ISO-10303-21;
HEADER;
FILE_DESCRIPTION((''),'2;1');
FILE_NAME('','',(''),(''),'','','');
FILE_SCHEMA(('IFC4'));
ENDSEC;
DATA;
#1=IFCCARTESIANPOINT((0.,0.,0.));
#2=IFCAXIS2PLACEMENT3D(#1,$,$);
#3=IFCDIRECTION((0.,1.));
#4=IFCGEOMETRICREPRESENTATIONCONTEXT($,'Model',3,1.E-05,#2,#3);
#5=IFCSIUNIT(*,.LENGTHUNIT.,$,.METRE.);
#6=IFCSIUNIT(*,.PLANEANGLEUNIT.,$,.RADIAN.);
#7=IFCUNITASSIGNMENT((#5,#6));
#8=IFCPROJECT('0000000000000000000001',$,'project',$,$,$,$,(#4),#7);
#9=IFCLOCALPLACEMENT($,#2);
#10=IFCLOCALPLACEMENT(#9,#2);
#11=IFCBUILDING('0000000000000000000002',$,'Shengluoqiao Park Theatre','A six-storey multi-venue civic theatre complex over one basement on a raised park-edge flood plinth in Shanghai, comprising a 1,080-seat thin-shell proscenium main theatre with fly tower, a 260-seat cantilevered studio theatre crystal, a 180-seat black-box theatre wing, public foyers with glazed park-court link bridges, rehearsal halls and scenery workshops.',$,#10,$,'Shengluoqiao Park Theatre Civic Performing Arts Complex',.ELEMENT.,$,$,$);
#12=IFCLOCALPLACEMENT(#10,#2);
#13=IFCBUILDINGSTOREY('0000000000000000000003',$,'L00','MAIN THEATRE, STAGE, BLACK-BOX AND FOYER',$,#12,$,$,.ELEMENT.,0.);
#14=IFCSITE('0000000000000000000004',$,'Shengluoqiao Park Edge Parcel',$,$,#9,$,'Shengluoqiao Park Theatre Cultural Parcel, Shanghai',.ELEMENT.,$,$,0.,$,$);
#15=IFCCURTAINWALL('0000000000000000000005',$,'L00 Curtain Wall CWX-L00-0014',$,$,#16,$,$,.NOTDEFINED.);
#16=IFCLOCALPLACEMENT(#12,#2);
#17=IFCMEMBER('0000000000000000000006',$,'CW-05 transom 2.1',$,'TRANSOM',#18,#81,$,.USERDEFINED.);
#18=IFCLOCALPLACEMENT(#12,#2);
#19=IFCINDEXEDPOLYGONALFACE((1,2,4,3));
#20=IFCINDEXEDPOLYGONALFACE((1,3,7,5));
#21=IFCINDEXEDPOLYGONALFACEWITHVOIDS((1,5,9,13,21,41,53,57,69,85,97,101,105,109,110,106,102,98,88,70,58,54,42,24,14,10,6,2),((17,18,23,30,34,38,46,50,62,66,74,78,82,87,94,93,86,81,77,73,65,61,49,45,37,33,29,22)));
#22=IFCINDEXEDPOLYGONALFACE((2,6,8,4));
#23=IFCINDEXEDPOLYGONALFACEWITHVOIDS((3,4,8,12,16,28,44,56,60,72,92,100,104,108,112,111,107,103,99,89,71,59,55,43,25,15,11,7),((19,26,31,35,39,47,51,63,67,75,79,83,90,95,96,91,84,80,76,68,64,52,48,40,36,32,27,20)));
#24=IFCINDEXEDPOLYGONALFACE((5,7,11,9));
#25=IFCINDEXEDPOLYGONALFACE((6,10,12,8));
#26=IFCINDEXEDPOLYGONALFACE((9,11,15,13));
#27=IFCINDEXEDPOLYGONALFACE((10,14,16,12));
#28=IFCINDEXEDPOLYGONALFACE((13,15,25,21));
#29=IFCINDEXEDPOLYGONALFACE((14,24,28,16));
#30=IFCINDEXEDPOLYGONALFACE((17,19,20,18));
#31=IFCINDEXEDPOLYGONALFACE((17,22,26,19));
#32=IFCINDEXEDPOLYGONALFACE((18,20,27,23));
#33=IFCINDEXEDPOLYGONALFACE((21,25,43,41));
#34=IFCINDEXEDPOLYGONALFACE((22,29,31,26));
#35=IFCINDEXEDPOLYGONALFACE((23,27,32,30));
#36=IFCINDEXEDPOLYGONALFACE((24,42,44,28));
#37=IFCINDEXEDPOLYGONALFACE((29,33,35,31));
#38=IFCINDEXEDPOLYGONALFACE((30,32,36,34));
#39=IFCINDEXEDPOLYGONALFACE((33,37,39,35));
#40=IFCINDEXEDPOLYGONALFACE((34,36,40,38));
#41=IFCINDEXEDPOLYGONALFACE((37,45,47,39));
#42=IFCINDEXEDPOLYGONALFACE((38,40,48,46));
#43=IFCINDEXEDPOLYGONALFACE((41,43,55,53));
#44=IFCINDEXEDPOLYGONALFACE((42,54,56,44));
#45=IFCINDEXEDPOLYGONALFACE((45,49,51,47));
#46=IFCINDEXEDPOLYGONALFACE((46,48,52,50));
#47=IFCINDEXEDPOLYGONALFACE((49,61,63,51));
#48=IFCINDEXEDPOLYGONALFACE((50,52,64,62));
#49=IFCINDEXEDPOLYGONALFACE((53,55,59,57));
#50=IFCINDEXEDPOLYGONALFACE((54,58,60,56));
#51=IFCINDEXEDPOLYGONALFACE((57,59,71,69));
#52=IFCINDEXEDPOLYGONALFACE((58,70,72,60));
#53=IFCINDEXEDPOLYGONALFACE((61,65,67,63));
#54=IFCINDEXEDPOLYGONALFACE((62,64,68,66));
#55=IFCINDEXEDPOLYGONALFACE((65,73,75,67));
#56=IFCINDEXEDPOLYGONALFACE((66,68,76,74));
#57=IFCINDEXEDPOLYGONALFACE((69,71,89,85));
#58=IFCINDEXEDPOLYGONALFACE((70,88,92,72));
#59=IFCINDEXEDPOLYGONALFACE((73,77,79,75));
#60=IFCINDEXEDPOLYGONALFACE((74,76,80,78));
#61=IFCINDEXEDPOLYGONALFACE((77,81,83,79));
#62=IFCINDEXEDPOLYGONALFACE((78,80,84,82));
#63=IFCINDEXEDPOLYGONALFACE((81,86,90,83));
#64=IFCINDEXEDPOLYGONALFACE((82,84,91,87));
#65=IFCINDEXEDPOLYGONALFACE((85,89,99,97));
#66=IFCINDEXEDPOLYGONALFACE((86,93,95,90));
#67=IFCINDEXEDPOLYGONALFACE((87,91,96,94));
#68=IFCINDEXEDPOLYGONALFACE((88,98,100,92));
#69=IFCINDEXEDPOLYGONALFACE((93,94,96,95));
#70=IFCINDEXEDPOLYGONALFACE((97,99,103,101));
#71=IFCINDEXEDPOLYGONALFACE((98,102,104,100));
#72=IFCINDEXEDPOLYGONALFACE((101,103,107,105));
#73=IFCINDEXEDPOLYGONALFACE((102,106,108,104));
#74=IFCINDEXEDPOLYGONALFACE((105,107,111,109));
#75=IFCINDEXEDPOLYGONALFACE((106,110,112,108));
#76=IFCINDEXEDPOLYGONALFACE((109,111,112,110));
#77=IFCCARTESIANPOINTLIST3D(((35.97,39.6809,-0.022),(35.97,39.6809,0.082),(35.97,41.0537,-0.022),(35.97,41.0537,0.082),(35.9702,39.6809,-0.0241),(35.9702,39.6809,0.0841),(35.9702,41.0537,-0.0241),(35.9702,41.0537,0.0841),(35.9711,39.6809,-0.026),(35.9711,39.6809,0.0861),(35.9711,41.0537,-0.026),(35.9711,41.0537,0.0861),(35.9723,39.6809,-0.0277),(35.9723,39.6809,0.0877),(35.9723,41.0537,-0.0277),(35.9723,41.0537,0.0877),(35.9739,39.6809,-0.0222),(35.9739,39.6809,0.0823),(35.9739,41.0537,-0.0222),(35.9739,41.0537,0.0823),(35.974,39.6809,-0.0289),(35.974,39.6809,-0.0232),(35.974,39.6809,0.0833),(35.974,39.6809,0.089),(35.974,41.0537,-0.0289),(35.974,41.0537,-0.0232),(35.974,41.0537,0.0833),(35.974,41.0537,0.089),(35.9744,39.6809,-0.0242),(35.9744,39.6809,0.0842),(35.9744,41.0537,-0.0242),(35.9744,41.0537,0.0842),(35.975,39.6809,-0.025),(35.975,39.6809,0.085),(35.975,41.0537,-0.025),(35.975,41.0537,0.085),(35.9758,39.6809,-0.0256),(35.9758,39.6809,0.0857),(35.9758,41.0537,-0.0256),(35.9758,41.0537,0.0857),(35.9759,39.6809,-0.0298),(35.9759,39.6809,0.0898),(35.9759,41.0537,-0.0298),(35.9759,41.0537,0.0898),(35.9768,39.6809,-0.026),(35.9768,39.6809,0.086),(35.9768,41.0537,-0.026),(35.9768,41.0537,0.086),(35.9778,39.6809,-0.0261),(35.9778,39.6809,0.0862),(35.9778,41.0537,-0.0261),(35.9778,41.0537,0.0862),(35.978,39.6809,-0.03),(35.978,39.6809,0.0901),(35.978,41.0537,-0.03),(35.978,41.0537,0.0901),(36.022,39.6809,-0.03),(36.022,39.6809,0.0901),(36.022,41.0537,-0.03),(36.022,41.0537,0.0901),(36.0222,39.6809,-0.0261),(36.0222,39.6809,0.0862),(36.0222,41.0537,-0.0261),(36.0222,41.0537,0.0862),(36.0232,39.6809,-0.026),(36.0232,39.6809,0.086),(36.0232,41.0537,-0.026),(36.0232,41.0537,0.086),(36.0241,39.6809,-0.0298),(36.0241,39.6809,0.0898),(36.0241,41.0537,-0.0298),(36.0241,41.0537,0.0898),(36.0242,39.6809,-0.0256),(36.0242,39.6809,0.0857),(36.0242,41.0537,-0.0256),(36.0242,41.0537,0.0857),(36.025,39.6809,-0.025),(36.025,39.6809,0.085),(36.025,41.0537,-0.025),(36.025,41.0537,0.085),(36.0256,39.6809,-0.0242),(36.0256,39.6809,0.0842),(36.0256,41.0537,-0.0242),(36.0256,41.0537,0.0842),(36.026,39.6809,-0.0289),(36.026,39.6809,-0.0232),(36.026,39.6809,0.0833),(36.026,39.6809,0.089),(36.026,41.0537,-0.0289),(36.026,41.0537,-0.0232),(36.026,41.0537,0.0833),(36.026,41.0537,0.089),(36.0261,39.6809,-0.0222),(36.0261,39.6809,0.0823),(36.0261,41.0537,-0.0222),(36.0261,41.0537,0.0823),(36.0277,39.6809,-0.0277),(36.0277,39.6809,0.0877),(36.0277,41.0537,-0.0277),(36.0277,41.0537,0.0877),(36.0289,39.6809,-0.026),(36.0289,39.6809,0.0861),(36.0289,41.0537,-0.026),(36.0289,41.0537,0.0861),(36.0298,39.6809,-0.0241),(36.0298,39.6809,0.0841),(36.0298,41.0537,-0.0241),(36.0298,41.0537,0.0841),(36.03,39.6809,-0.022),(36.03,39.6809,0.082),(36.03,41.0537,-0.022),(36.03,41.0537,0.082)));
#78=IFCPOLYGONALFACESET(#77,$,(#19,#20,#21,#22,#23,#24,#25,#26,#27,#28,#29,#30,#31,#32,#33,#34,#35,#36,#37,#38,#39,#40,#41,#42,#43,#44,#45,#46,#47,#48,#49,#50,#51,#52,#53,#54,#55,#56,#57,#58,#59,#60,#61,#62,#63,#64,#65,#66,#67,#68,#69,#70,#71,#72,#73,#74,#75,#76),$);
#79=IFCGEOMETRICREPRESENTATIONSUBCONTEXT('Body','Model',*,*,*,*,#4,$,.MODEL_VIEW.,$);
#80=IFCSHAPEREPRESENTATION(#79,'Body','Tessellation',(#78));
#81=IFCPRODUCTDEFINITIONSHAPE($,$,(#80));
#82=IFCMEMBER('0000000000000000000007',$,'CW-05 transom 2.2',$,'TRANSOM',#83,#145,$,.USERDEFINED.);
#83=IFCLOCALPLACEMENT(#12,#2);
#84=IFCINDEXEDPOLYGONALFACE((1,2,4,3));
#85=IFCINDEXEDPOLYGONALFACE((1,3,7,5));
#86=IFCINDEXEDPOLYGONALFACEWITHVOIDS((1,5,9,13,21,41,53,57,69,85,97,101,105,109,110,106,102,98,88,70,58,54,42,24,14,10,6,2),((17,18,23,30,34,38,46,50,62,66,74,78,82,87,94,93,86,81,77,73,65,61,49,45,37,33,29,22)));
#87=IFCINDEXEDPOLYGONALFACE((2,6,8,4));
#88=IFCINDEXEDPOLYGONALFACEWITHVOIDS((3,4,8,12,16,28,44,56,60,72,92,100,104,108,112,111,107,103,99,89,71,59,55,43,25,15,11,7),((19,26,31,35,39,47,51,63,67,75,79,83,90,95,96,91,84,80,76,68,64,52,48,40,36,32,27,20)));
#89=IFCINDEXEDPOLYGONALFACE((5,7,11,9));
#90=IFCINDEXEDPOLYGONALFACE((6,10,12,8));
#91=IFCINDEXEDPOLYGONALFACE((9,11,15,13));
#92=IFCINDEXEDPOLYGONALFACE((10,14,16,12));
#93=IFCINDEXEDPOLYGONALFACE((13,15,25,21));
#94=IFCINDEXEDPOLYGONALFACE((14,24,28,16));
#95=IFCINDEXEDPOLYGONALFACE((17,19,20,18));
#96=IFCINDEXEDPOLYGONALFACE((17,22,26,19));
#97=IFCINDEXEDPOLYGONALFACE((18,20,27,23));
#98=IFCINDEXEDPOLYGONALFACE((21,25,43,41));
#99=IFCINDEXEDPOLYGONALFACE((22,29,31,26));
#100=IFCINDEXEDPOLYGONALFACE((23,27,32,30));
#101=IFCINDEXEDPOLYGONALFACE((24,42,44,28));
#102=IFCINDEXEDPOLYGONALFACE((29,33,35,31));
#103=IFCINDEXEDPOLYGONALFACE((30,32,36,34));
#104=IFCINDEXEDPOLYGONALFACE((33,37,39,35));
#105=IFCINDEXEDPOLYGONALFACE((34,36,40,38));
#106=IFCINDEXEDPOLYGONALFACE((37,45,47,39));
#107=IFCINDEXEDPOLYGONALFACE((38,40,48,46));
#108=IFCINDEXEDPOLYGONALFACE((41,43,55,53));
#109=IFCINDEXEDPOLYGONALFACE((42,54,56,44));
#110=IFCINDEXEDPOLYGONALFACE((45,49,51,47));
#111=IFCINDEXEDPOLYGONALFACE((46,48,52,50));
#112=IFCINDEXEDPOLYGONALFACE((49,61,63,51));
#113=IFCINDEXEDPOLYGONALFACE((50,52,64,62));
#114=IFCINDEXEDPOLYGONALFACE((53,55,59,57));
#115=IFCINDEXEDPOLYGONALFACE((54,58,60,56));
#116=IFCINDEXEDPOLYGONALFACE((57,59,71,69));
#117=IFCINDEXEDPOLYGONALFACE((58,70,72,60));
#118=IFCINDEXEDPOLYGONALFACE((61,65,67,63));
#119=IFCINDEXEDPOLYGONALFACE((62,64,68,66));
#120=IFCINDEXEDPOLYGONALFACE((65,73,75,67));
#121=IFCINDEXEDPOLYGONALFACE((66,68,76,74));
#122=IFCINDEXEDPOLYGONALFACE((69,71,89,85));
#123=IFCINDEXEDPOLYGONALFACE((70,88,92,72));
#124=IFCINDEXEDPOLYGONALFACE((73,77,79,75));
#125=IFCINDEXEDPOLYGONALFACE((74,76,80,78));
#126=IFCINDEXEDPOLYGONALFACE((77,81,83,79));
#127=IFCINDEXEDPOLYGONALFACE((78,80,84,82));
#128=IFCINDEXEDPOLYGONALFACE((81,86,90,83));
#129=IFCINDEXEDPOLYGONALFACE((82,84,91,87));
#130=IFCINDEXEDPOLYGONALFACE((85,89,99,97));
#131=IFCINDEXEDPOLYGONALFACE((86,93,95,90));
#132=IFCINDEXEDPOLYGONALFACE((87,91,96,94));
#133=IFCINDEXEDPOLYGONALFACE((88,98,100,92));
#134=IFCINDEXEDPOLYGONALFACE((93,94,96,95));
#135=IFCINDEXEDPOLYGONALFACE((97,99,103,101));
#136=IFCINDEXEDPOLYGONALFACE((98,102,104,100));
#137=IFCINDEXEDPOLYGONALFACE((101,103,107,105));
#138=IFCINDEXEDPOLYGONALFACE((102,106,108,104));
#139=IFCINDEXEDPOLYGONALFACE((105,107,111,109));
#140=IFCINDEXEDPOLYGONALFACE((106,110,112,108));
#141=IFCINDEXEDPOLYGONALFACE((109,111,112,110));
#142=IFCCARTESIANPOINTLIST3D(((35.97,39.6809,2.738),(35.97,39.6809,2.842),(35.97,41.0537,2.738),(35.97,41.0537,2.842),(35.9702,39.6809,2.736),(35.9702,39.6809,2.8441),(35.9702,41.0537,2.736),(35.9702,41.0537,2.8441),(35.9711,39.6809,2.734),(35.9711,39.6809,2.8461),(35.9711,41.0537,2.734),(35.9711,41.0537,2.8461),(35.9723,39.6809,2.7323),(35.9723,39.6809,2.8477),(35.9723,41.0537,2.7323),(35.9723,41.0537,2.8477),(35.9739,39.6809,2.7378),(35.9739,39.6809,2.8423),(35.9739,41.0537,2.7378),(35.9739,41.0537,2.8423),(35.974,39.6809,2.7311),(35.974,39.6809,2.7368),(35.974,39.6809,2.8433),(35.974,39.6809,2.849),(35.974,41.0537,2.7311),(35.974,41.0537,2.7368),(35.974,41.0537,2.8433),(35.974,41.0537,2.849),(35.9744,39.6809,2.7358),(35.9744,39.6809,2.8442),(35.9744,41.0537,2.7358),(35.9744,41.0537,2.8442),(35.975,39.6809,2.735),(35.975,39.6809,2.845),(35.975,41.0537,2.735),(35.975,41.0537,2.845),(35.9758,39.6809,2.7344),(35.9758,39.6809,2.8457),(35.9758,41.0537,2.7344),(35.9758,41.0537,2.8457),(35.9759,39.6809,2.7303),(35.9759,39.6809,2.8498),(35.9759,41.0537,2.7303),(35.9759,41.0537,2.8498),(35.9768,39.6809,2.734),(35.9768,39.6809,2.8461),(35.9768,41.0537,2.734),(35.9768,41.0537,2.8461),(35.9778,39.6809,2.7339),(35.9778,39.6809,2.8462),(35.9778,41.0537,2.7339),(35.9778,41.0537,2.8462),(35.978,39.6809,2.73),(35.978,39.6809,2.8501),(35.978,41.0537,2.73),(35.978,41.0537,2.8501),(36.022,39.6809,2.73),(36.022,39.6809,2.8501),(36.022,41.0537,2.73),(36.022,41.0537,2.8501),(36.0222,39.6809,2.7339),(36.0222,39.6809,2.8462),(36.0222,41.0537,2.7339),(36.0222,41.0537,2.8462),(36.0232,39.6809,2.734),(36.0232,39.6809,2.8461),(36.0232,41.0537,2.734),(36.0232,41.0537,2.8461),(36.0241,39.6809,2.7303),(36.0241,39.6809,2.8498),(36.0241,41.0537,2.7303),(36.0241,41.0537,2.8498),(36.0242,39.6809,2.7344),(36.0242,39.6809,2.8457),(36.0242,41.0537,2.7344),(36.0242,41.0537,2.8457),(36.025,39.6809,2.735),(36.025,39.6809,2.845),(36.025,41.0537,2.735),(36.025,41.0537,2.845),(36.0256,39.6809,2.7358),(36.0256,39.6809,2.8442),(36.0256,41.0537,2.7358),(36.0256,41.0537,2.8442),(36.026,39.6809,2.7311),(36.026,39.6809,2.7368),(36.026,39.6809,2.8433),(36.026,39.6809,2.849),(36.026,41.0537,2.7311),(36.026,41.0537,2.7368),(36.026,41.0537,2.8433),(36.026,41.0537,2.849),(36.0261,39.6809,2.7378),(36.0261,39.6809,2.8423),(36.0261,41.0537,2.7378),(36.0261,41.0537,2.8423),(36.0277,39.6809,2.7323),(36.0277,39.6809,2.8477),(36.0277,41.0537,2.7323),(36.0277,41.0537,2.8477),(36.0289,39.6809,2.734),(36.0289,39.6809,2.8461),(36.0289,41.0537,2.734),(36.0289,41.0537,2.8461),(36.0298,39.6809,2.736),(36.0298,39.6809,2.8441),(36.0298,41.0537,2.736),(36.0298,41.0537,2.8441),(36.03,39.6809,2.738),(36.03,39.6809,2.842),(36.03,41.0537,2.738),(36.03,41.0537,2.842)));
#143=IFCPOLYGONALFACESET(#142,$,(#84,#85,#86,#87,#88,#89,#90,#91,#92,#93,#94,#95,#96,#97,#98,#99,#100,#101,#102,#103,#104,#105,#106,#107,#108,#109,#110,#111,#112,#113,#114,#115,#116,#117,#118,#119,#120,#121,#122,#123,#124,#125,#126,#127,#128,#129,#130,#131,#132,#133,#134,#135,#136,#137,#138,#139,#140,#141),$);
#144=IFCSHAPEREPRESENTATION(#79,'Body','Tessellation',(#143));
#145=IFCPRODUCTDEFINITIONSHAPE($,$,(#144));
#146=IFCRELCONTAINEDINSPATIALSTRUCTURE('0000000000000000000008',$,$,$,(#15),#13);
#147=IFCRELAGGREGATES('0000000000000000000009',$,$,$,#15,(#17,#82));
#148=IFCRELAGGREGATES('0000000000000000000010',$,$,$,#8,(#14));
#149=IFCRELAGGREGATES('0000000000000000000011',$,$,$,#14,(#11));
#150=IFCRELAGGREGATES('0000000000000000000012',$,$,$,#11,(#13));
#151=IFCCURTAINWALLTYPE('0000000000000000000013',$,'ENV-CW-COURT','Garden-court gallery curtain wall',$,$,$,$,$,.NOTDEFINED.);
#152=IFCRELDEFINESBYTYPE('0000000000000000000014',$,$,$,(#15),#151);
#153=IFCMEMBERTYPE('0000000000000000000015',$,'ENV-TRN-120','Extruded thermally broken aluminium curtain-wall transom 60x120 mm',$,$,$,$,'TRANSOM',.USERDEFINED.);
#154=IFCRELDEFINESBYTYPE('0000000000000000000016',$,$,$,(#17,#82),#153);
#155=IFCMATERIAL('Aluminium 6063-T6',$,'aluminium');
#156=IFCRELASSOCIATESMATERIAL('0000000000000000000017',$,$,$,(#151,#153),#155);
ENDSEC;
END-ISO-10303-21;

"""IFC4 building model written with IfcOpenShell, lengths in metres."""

from ifc_helpers import new_model, si_unit, direction, frame, origin, origin_2d, place, context, subcontext, project, spatial, hollow_rectangle, extrude, material, material_profile, profile_set, type_object, element, aggregate, save


model = new_model("IFC4")

# Units and contexts
model_context = context("Model", 3, precision=1e-05, world=origin(), true_north=direction((0.0, 1.0)))
body_context = subcontext(model_context, "Body", "Model", "MODEL_VIEW")
ifc_project = project(units=[si_unit("LENGTHUNIT", "METRE"), si_unit("PLANEANGLEUNIT", "RADIAN")], contexts=[model_context])

# Site, building, storey
site_placement = place(None, origin())
site = spatial("IfcSite", under=ifc_project, at=site_placement, Name="Shengluoqiao Park Edge Parcel", LongName="Shengluoqiao Park Theatre Cultural Parcel, Shanghai", CompositionType="ELEMENT", RefElevation=0.0)
building_placement = place(site_placement, origin())
building = spatial("IfcBuilding", under=site, at=building_placement, Name="Shengluoqiao Park Theatre", Description="A six-storey multi-venue civic theatre complex over one basement on a raised park-edge flood plinth in Shanghai, comprising a 1,080-seat thin-shell proscenium main theatre with fly tower, a 260-seat cantilevered studio theatre crystal, a 180-seat black-box theatre wing, public foyers with glazed park-court link bridges, rehearsal halls and scenery workshops.", LongName="Shengluoqiao Park Theatre Civic Performing Arts Complex", CompositionType="ELEMENT")
storey_placement = place(building_placement, origin())
storey = spatial("IfcBuildingStorey", under=building, at=storey_placement, Name="L00", Description="MAIN THEATRE, STAGE, BLACK-BOX AND FOYER", CompositionType="ELEMENT", Elevation=0.0)

# Curtain wall, members
ifc_material_1 = material(Name="Aluminium 6063-T6", Category="aluminium")
curtain_wall_type = type_object("IfcCurtainWallType", Name="ENV-CW-COURT", Description="Garden-court gallery curtain wall", PredefinedType="NOTDEFINED", material=ifc_material_1)
curtain_wall_placement = place(storey_placement, origin())
curtain_wall = element("IfcCurtainWall", 1, at=curtain_wall_placement, inside=storey, type_object=curtain_wall_type, Name="L00 Curtain Wall CWX-L00-0014", PredefinedType="NOTDEFINED")
ifc_material_profile_1 = material_profile(ifc_material_1, hollow_rectangle(XDim=0.0601, YDim=0.1201, WallThickness=0.0039, InnerFilletRadius=0.0039, OuterFilletRadius=0.0081, at=origin_2d()), Name="ALU TRANSOM 120x60x4")
ifc_profile_set_1 = profile_set([ifc_material_profile_1], Name="Aluminium 6063-T6")
member_type_1 = type_object("IfcMemberType", Name="ENV-TRN-120", Description="Extruded thermally broken aluminium curtain-wall transom 60x120 mm", ElementType="TRANSOM", PredefinedType="USERDEFINED", material=ifc_profile_set_1)
member_1_placement = place(storey_placement, frame((36.0, 39.6809, 0.03), z_axis=(0.0, 1.0, 0.0), x_axis=(-1.0, 0.0, 0.0)))
member_1 = element("IfcMember", 2, at=member_1_placement, type_object=member_type_1, Name="CW-05 transom 2.1", ObjectType="TRANSOM", PredefinedType="USERDEFINED", context=body_context, shape_type="SweptSolid", body=[
    extrude(hollow_rectangle(XDim=0.0601, YDim=0.1201, WallThickness=0.0039, InnerFilletRadius=0.0039, OuterFilletRadius=0.0081, at=origin_2d()), origin(), (0.0, 0.0, 1.0), 1.3728),
])
member_2_placement = place(storey_placement, frame((36.0, 39.6809, 2.79), z_axis=(0.0, 1.0, 0.0), x_axis=(-1.0, 0.0, 0.0)))
member_2 = element("IfcMember", 3, at=member_2_placement, type_object=member_type_1, Name="CW-05 transom 2.2", ObjectType="TRANSOM", PredefinedType="USERDEFINED", context=body_context, shape_type="SweptSolid", body=[
    extrude(hollow_rectangle(XDim=0.0601, YDim=0.1201, WallThickness=0.0039, InnerFilletRadius=0.0039, OuterFilletRadius=0.0081, at=origin_2d()), origin(), (0.0, 0.0, 1.0), 1.3728),
])
aggregate(curtain_wall, [member_1, member_2])

save(model, "model.ifc")
